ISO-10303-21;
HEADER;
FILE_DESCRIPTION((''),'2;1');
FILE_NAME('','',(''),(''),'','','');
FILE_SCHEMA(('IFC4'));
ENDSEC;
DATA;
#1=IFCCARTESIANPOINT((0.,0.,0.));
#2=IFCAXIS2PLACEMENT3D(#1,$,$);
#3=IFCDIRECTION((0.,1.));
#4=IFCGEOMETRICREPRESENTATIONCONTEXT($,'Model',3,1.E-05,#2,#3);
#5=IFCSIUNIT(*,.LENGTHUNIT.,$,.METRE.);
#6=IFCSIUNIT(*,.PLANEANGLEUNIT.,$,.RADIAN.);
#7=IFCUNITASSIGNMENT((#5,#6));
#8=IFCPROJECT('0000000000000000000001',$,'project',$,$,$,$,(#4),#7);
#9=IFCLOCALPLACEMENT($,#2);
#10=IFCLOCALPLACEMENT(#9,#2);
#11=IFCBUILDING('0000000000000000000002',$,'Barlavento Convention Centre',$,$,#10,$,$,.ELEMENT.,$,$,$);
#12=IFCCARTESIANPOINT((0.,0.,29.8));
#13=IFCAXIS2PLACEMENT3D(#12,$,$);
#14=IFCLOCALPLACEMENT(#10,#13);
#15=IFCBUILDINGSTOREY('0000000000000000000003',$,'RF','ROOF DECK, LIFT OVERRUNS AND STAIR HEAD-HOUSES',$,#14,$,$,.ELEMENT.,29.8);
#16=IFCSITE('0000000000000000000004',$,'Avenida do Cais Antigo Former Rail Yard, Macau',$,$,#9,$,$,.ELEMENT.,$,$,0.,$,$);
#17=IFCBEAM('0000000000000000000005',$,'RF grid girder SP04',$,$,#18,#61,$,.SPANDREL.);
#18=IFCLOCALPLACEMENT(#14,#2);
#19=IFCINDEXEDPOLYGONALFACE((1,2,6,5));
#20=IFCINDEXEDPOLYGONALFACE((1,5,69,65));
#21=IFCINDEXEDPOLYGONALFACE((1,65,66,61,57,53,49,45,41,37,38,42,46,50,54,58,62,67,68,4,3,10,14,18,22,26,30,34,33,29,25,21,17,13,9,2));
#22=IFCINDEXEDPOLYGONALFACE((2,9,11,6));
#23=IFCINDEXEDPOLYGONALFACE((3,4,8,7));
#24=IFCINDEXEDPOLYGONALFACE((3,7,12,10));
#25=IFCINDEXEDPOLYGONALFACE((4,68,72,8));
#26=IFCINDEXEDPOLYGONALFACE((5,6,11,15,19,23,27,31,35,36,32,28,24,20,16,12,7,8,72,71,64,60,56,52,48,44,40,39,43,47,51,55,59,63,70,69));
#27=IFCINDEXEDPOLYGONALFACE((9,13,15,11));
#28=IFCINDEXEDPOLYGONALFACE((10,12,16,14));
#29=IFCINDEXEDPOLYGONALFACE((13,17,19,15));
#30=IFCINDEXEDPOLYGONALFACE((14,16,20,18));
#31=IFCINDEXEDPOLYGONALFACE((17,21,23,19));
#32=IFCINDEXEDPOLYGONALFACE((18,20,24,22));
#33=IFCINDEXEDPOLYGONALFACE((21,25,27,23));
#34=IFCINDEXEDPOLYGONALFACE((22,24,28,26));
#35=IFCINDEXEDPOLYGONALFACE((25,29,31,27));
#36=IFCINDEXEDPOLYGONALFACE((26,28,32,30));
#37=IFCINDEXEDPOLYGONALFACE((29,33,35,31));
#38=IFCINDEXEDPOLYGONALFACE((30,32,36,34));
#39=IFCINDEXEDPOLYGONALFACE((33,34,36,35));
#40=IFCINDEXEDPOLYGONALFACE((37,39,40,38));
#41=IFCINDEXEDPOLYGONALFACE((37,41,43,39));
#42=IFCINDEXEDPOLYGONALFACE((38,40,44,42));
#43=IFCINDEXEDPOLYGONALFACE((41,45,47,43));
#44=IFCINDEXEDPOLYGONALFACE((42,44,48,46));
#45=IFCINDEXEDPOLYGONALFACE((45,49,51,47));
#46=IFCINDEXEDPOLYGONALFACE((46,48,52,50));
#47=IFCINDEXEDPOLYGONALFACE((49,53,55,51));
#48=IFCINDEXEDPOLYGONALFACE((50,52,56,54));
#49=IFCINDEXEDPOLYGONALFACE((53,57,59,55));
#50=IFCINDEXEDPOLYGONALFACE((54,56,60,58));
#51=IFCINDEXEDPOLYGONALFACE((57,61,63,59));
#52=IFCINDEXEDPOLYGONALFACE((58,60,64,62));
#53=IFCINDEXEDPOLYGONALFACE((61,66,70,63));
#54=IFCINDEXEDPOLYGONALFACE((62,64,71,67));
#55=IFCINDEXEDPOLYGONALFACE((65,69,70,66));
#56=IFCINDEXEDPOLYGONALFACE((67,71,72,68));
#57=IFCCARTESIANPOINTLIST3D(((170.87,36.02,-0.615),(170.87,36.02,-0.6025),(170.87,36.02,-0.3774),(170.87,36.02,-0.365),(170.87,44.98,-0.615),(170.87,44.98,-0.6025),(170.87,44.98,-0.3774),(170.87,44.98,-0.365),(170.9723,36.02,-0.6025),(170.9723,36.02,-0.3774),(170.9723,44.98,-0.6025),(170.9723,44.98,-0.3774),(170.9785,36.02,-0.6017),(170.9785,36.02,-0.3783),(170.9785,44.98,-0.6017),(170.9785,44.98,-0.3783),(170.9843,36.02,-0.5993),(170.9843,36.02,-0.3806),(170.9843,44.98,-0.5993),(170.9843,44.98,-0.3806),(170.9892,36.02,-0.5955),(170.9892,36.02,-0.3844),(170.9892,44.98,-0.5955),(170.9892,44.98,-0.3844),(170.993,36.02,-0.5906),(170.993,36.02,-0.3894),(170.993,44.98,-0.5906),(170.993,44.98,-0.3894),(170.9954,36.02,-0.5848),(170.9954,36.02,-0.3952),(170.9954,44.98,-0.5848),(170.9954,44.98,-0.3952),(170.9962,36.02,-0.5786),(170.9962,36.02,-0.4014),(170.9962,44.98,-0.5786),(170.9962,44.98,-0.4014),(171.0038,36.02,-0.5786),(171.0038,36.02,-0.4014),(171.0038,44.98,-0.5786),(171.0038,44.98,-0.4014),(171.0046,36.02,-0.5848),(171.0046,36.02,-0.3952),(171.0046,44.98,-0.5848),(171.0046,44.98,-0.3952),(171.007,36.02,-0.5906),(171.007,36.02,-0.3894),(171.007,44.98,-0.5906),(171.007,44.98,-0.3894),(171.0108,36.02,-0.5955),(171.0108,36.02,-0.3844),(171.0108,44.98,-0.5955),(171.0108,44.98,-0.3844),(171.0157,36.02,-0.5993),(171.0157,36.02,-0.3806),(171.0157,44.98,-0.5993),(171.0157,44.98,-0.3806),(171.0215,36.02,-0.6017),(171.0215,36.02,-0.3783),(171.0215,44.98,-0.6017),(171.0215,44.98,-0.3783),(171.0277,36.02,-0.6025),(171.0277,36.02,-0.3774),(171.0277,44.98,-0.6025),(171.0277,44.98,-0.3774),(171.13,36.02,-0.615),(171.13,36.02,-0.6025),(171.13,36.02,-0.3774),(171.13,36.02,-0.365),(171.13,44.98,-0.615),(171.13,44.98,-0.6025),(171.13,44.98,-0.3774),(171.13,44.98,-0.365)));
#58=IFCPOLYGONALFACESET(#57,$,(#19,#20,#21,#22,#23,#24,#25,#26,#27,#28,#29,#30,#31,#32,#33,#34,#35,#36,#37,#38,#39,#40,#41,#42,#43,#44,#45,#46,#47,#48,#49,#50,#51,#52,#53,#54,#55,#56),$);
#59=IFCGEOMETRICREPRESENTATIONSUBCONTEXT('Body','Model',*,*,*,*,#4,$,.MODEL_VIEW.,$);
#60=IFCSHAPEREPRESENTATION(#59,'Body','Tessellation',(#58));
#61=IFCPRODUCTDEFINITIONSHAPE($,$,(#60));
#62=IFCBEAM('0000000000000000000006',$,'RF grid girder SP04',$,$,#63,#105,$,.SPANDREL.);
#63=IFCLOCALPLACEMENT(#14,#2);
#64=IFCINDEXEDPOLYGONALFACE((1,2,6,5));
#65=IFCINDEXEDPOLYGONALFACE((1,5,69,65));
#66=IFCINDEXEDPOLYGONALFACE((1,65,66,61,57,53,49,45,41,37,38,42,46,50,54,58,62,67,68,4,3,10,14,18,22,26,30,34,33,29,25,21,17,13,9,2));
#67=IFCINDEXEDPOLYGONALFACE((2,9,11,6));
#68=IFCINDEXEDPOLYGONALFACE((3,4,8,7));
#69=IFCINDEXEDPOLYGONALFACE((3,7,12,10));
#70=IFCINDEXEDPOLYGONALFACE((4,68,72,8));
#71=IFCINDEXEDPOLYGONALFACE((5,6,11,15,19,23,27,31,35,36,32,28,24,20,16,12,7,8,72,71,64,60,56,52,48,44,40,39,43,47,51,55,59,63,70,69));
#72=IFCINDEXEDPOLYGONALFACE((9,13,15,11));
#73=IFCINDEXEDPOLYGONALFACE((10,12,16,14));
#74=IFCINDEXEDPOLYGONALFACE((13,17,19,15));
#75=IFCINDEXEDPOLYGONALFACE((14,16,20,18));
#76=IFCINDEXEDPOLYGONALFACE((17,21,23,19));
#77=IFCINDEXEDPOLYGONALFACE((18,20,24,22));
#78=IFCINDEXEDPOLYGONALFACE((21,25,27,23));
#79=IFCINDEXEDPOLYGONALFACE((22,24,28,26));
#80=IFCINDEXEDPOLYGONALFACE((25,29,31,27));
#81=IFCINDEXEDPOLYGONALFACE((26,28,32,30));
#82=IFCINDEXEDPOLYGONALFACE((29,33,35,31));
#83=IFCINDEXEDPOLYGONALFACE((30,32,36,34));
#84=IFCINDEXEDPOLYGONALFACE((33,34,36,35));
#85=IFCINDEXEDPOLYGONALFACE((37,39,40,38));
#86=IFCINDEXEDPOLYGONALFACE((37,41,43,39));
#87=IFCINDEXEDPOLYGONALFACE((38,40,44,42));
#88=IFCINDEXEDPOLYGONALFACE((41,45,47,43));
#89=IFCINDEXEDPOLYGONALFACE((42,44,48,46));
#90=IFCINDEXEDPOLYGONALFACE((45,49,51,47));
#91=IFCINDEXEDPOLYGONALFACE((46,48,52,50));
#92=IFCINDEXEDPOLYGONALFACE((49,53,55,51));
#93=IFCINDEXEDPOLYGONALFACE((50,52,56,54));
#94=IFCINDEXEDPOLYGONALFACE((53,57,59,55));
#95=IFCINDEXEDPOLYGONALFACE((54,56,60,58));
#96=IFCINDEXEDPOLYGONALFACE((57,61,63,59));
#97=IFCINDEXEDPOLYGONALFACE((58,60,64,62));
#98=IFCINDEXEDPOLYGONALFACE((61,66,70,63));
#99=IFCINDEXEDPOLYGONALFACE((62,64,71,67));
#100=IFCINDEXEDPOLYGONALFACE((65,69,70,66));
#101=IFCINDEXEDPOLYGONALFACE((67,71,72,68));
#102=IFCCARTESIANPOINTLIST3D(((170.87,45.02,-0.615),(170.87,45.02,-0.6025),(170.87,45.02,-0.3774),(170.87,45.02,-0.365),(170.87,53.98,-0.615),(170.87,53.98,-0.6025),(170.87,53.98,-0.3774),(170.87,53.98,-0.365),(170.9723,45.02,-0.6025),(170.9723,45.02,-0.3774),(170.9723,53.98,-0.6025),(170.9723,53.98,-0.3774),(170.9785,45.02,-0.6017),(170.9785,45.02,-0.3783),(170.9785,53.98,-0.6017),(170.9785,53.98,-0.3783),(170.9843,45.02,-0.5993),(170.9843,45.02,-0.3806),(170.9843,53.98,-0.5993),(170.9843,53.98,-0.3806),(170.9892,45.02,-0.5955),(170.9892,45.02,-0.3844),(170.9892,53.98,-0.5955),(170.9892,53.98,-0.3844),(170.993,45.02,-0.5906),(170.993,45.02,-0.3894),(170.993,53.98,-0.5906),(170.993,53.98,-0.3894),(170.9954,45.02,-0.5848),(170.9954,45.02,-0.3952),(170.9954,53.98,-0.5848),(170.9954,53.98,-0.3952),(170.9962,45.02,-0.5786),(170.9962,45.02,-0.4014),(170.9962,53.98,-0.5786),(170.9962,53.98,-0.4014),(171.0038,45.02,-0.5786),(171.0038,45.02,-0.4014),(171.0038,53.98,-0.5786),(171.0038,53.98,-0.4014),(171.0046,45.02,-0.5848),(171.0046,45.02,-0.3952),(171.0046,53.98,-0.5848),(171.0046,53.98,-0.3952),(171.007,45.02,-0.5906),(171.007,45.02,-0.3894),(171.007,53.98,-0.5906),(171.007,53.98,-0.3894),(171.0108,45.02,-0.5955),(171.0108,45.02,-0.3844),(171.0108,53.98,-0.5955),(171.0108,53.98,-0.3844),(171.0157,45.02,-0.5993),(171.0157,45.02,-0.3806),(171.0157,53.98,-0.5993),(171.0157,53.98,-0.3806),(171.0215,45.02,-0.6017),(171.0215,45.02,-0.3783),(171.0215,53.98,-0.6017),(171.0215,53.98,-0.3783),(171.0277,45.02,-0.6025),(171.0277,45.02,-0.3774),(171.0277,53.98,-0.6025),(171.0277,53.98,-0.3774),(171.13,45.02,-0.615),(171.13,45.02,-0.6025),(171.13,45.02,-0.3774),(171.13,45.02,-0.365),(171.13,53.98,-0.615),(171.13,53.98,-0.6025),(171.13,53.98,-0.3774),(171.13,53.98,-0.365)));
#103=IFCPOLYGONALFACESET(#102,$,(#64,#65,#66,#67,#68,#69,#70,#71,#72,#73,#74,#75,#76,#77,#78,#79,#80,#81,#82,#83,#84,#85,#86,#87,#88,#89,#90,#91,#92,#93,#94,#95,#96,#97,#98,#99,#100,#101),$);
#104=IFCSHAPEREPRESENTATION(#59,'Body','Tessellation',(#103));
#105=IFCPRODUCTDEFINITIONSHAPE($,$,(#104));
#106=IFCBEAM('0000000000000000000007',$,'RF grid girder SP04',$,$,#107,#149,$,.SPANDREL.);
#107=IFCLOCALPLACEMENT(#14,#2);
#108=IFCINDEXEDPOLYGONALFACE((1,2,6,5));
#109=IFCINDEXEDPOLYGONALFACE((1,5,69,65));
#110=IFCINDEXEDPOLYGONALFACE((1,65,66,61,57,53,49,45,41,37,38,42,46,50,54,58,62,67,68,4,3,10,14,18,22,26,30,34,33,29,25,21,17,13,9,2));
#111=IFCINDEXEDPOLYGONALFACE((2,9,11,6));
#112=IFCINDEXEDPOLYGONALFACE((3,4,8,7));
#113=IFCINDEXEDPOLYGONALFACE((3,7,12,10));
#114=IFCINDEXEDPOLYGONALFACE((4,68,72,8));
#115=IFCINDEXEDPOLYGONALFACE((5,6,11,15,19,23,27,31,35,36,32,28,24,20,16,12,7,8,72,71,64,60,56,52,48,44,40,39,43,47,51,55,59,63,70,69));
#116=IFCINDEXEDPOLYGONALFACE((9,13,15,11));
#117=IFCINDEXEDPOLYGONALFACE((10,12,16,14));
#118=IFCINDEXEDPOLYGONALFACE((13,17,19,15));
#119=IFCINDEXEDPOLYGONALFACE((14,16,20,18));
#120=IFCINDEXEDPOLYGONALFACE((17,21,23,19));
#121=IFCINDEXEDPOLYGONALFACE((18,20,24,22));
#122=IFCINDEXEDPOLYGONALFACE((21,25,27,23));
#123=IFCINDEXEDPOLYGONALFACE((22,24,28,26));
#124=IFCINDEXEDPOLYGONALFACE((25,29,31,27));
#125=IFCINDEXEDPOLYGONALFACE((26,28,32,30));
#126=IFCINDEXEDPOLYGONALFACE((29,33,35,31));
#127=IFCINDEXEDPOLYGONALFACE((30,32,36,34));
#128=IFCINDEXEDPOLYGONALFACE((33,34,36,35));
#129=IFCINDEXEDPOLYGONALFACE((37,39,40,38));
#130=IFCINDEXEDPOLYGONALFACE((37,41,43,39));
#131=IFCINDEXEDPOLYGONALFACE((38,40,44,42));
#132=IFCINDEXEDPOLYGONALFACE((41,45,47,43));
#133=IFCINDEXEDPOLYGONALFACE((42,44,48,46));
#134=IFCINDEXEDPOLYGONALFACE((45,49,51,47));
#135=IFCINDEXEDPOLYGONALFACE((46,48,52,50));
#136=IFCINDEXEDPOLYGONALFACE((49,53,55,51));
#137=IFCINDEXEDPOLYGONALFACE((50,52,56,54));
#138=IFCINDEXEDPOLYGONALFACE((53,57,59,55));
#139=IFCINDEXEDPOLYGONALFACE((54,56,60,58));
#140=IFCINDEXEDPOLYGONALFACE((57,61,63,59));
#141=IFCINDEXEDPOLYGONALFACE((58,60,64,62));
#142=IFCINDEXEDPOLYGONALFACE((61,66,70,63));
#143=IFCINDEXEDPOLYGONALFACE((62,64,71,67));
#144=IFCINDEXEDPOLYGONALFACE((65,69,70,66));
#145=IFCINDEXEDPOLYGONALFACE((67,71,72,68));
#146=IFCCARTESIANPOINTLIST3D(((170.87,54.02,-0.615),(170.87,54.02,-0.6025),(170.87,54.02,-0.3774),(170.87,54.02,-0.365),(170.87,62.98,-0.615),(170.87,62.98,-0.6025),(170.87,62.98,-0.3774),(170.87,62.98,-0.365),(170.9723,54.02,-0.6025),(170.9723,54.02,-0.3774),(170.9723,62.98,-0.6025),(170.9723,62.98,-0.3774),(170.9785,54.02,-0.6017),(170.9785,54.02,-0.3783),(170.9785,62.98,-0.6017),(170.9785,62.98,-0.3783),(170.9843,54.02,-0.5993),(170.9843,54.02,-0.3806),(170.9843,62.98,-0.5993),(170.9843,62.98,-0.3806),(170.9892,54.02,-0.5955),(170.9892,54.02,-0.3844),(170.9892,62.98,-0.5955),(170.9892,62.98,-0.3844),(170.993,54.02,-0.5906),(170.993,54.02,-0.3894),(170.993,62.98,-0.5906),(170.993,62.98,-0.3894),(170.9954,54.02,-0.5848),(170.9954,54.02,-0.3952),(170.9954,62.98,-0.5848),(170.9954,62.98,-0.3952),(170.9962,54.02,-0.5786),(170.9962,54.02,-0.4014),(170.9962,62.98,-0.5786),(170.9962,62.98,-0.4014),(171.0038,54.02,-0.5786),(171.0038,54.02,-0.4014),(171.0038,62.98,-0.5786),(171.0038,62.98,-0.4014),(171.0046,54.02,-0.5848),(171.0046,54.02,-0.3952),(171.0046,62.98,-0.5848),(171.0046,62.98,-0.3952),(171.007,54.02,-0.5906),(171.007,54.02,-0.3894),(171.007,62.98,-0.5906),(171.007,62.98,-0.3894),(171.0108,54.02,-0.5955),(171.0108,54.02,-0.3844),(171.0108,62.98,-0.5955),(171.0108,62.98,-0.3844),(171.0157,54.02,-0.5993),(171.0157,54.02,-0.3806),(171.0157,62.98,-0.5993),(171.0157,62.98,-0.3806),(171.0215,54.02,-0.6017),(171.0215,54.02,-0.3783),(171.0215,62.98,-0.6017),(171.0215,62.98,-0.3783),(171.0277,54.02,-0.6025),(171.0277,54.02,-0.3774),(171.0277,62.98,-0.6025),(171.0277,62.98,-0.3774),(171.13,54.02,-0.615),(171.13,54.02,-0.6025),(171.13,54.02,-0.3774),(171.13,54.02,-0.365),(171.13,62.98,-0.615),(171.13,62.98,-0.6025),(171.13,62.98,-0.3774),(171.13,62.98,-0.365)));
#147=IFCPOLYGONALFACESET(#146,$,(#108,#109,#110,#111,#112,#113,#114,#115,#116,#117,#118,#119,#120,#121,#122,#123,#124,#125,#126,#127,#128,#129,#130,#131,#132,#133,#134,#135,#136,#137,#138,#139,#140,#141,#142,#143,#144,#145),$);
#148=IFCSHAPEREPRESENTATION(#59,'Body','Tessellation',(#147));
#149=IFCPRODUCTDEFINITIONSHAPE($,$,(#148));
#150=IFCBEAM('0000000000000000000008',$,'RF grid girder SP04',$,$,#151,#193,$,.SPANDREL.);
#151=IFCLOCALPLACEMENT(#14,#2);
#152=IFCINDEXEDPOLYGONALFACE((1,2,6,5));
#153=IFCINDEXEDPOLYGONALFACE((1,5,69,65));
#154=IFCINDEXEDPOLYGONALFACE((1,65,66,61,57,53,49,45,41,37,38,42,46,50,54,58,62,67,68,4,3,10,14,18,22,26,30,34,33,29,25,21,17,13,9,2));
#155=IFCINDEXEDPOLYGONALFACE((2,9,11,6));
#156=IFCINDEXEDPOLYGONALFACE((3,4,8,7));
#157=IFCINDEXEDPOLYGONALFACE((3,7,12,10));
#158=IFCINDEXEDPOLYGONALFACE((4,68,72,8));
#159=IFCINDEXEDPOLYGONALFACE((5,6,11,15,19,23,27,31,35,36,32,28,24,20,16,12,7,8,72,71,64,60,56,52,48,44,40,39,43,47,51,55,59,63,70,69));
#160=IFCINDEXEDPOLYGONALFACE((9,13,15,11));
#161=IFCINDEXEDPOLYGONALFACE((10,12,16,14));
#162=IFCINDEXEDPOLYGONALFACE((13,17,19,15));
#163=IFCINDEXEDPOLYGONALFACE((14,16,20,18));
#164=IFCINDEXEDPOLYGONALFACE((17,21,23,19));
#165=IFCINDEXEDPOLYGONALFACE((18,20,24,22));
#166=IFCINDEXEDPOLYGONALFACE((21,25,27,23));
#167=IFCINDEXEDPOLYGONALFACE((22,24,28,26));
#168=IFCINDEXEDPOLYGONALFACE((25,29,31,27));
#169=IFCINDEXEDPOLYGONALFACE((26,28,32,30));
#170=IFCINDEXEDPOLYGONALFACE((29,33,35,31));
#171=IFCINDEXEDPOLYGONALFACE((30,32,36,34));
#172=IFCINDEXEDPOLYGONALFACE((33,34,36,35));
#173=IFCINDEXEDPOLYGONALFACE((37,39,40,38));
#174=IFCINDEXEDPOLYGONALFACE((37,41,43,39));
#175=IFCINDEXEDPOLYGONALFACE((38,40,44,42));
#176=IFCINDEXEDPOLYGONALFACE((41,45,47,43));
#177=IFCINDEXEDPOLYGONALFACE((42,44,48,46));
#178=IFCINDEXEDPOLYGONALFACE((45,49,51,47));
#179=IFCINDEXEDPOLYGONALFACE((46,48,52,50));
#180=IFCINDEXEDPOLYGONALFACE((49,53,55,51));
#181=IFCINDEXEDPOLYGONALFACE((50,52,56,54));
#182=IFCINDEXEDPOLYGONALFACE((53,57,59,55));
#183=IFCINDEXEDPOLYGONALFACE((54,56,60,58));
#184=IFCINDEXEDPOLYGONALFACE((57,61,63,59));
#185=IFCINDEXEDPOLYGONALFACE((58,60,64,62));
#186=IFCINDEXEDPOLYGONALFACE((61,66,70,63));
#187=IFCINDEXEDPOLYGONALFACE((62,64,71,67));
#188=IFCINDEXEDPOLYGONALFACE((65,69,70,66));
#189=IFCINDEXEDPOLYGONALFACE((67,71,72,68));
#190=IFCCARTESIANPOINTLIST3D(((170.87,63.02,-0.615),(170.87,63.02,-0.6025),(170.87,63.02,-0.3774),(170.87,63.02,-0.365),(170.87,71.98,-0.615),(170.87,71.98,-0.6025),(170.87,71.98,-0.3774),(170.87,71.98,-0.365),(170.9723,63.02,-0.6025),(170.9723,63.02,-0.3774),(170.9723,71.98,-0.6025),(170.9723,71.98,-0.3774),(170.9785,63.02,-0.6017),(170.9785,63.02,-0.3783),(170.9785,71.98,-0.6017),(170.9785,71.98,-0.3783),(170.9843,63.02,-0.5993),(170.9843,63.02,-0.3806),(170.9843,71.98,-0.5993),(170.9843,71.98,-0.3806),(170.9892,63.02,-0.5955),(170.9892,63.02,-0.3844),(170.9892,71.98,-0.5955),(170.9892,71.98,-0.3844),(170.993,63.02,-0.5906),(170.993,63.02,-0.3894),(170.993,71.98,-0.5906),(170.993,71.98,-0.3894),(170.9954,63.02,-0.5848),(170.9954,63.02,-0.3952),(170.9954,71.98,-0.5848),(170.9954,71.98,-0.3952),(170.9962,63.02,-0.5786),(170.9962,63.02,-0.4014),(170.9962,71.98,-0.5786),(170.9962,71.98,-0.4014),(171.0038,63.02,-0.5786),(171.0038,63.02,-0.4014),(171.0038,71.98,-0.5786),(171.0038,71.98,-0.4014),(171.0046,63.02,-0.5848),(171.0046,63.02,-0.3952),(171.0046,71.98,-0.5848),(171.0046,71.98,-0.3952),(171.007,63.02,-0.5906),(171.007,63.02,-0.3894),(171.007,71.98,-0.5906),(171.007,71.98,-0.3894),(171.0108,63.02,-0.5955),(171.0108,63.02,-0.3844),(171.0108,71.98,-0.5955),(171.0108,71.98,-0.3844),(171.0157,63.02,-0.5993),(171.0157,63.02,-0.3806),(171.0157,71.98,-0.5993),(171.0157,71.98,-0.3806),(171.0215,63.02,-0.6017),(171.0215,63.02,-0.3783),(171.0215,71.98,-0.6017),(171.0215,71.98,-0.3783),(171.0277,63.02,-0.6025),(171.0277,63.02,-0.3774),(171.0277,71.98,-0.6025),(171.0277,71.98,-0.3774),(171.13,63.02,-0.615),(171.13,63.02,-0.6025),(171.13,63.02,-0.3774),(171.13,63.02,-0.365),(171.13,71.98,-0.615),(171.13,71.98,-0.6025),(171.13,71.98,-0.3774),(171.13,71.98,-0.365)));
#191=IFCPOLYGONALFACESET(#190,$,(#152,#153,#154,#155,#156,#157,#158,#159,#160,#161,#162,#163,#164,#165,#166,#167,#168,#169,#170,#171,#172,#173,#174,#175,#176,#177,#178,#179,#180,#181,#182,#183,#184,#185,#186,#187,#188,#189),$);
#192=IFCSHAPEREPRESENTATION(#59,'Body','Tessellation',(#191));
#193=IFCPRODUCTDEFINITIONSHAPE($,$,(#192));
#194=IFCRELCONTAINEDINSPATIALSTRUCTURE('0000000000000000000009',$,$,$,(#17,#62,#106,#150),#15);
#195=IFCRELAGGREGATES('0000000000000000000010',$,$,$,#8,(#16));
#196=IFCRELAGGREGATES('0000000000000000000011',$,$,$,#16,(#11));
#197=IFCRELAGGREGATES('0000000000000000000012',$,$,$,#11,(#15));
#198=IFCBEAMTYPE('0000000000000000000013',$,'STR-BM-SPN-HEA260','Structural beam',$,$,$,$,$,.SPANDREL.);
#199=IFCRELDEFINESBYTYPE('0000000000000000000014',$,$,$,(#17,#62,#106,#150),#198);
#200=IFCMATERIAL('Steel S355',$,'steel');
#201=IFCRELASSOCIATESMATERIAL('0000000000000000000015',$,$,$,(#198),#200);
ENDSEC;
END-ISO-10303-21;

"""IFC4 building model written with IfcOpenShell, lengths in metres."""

from ifc_helpers import new_model, si_unit, direction, frame, origin, origin_2d, place, context, subcontext, project, spatial, i_section, extrude, material, material_profile, profile_set, type_object, element, save


model = new_model("IFC4")

# Units and contexts
model_context = context("Model", 3, precision=1e-05, world=origin(), true_north=direction((0.0, 1.0)))
body_context = subcontext(model_context, "Body", "Model", "MODEL_VIEW")
ifc_project = project(units=[si_unit("LENGTHUNIT", "METRE"), si_unit("PLANEANGLEUNIT", "RADIAN")], contexts=[model_context])

# Site, building, storey
site_placement = place(None, origin())
site = spatial("IfcSite", under=ifc_project, at=site_placement, Name="Avenida do Cais Antigo Former Rail Yard, Macau", CompositionType="ELEMENT", RefElevation=0.0)
building_placement = place(site_placement, origin())
building = spatial("IfcBuilding", under=site, at=building_placement, Name="Barlavento Convention Centre", CompositionType="ELEMENT")
storey_placement = place(building_placement, frame((0.0, 0.0, 29.8)))
storey = spatial("IfcBuildingStorey", under=building, at=storey_placement, Name="RF", Description="ROOF DECK, LIFT OVERRUNS AND STAIR HEAD-HOUSES", CompositionType="ELEMENT", Elevation=29.8)

# Beams
ifc_material_1 = material(Name="Steel S355", Category="steel")
ifc_material_profile_1 = material_profile(ifc_material_1, i_section(OverallWidth=0.26, OverallDepth=0.25, WebThickness=0.0076, FlangeThickness=0.0125, FilletRadius=0.0239, at=origin_2d()), Name="HEA 260")
ifc_profile_set_1 = profile_set([ifc_material_profile_1], Name="Steel S355")
beam_type_1 = type_object("IfcBeamType", Name="STR-BM-SPN-HEA260", Description="Structural beam", PredefinedType="SPANDREL", material=ifc_profile_set_1)
for number, where, z_axis, x_axis, name in (
    (1, (171.0, 36.02, -0.49), (0.0, 1.0, 0.0), (-1.0, 0.0, 0.0), "RF grid girder SP04"),
    (2, (171.0, 45.02, -0.49), (0.0, 1.0, 0.0), (-1.0, 0.0, 0.0), "RF grid girder SP04"),
    (3, (171.0, 54.02, -0.49), (0.0, 1.0, 0.0), (-1.0, 0.0, 0.0), "RF grid girder SP04"),
    (4, (171.0, 63.02, -0.49), (0.0, 1.0, 0.0), (-1.0, 0.0, 0.0), "RF grid girder SP04"),
):
    element("IfcBeam", number, at=place(storey_placement, frame(where, z_axis=z_axis, x_axis=x_axis)), inside=storey, type_object=beam_type_1, Name=name, PredefinedType="SPANDREL", context=body_context, shape_type="SweptSolid", body=[
        extrude(i_section(OverallWidth=0.26, OverallDepth=0.25, WebThickness=0.0076, FlangeThickness=0.0125, FilletRadius=0.0239, at=origin_2d()), origin(), (0.0, 0.0, 1.0), 8.96),
    ])

save(model, "model.ifc")
